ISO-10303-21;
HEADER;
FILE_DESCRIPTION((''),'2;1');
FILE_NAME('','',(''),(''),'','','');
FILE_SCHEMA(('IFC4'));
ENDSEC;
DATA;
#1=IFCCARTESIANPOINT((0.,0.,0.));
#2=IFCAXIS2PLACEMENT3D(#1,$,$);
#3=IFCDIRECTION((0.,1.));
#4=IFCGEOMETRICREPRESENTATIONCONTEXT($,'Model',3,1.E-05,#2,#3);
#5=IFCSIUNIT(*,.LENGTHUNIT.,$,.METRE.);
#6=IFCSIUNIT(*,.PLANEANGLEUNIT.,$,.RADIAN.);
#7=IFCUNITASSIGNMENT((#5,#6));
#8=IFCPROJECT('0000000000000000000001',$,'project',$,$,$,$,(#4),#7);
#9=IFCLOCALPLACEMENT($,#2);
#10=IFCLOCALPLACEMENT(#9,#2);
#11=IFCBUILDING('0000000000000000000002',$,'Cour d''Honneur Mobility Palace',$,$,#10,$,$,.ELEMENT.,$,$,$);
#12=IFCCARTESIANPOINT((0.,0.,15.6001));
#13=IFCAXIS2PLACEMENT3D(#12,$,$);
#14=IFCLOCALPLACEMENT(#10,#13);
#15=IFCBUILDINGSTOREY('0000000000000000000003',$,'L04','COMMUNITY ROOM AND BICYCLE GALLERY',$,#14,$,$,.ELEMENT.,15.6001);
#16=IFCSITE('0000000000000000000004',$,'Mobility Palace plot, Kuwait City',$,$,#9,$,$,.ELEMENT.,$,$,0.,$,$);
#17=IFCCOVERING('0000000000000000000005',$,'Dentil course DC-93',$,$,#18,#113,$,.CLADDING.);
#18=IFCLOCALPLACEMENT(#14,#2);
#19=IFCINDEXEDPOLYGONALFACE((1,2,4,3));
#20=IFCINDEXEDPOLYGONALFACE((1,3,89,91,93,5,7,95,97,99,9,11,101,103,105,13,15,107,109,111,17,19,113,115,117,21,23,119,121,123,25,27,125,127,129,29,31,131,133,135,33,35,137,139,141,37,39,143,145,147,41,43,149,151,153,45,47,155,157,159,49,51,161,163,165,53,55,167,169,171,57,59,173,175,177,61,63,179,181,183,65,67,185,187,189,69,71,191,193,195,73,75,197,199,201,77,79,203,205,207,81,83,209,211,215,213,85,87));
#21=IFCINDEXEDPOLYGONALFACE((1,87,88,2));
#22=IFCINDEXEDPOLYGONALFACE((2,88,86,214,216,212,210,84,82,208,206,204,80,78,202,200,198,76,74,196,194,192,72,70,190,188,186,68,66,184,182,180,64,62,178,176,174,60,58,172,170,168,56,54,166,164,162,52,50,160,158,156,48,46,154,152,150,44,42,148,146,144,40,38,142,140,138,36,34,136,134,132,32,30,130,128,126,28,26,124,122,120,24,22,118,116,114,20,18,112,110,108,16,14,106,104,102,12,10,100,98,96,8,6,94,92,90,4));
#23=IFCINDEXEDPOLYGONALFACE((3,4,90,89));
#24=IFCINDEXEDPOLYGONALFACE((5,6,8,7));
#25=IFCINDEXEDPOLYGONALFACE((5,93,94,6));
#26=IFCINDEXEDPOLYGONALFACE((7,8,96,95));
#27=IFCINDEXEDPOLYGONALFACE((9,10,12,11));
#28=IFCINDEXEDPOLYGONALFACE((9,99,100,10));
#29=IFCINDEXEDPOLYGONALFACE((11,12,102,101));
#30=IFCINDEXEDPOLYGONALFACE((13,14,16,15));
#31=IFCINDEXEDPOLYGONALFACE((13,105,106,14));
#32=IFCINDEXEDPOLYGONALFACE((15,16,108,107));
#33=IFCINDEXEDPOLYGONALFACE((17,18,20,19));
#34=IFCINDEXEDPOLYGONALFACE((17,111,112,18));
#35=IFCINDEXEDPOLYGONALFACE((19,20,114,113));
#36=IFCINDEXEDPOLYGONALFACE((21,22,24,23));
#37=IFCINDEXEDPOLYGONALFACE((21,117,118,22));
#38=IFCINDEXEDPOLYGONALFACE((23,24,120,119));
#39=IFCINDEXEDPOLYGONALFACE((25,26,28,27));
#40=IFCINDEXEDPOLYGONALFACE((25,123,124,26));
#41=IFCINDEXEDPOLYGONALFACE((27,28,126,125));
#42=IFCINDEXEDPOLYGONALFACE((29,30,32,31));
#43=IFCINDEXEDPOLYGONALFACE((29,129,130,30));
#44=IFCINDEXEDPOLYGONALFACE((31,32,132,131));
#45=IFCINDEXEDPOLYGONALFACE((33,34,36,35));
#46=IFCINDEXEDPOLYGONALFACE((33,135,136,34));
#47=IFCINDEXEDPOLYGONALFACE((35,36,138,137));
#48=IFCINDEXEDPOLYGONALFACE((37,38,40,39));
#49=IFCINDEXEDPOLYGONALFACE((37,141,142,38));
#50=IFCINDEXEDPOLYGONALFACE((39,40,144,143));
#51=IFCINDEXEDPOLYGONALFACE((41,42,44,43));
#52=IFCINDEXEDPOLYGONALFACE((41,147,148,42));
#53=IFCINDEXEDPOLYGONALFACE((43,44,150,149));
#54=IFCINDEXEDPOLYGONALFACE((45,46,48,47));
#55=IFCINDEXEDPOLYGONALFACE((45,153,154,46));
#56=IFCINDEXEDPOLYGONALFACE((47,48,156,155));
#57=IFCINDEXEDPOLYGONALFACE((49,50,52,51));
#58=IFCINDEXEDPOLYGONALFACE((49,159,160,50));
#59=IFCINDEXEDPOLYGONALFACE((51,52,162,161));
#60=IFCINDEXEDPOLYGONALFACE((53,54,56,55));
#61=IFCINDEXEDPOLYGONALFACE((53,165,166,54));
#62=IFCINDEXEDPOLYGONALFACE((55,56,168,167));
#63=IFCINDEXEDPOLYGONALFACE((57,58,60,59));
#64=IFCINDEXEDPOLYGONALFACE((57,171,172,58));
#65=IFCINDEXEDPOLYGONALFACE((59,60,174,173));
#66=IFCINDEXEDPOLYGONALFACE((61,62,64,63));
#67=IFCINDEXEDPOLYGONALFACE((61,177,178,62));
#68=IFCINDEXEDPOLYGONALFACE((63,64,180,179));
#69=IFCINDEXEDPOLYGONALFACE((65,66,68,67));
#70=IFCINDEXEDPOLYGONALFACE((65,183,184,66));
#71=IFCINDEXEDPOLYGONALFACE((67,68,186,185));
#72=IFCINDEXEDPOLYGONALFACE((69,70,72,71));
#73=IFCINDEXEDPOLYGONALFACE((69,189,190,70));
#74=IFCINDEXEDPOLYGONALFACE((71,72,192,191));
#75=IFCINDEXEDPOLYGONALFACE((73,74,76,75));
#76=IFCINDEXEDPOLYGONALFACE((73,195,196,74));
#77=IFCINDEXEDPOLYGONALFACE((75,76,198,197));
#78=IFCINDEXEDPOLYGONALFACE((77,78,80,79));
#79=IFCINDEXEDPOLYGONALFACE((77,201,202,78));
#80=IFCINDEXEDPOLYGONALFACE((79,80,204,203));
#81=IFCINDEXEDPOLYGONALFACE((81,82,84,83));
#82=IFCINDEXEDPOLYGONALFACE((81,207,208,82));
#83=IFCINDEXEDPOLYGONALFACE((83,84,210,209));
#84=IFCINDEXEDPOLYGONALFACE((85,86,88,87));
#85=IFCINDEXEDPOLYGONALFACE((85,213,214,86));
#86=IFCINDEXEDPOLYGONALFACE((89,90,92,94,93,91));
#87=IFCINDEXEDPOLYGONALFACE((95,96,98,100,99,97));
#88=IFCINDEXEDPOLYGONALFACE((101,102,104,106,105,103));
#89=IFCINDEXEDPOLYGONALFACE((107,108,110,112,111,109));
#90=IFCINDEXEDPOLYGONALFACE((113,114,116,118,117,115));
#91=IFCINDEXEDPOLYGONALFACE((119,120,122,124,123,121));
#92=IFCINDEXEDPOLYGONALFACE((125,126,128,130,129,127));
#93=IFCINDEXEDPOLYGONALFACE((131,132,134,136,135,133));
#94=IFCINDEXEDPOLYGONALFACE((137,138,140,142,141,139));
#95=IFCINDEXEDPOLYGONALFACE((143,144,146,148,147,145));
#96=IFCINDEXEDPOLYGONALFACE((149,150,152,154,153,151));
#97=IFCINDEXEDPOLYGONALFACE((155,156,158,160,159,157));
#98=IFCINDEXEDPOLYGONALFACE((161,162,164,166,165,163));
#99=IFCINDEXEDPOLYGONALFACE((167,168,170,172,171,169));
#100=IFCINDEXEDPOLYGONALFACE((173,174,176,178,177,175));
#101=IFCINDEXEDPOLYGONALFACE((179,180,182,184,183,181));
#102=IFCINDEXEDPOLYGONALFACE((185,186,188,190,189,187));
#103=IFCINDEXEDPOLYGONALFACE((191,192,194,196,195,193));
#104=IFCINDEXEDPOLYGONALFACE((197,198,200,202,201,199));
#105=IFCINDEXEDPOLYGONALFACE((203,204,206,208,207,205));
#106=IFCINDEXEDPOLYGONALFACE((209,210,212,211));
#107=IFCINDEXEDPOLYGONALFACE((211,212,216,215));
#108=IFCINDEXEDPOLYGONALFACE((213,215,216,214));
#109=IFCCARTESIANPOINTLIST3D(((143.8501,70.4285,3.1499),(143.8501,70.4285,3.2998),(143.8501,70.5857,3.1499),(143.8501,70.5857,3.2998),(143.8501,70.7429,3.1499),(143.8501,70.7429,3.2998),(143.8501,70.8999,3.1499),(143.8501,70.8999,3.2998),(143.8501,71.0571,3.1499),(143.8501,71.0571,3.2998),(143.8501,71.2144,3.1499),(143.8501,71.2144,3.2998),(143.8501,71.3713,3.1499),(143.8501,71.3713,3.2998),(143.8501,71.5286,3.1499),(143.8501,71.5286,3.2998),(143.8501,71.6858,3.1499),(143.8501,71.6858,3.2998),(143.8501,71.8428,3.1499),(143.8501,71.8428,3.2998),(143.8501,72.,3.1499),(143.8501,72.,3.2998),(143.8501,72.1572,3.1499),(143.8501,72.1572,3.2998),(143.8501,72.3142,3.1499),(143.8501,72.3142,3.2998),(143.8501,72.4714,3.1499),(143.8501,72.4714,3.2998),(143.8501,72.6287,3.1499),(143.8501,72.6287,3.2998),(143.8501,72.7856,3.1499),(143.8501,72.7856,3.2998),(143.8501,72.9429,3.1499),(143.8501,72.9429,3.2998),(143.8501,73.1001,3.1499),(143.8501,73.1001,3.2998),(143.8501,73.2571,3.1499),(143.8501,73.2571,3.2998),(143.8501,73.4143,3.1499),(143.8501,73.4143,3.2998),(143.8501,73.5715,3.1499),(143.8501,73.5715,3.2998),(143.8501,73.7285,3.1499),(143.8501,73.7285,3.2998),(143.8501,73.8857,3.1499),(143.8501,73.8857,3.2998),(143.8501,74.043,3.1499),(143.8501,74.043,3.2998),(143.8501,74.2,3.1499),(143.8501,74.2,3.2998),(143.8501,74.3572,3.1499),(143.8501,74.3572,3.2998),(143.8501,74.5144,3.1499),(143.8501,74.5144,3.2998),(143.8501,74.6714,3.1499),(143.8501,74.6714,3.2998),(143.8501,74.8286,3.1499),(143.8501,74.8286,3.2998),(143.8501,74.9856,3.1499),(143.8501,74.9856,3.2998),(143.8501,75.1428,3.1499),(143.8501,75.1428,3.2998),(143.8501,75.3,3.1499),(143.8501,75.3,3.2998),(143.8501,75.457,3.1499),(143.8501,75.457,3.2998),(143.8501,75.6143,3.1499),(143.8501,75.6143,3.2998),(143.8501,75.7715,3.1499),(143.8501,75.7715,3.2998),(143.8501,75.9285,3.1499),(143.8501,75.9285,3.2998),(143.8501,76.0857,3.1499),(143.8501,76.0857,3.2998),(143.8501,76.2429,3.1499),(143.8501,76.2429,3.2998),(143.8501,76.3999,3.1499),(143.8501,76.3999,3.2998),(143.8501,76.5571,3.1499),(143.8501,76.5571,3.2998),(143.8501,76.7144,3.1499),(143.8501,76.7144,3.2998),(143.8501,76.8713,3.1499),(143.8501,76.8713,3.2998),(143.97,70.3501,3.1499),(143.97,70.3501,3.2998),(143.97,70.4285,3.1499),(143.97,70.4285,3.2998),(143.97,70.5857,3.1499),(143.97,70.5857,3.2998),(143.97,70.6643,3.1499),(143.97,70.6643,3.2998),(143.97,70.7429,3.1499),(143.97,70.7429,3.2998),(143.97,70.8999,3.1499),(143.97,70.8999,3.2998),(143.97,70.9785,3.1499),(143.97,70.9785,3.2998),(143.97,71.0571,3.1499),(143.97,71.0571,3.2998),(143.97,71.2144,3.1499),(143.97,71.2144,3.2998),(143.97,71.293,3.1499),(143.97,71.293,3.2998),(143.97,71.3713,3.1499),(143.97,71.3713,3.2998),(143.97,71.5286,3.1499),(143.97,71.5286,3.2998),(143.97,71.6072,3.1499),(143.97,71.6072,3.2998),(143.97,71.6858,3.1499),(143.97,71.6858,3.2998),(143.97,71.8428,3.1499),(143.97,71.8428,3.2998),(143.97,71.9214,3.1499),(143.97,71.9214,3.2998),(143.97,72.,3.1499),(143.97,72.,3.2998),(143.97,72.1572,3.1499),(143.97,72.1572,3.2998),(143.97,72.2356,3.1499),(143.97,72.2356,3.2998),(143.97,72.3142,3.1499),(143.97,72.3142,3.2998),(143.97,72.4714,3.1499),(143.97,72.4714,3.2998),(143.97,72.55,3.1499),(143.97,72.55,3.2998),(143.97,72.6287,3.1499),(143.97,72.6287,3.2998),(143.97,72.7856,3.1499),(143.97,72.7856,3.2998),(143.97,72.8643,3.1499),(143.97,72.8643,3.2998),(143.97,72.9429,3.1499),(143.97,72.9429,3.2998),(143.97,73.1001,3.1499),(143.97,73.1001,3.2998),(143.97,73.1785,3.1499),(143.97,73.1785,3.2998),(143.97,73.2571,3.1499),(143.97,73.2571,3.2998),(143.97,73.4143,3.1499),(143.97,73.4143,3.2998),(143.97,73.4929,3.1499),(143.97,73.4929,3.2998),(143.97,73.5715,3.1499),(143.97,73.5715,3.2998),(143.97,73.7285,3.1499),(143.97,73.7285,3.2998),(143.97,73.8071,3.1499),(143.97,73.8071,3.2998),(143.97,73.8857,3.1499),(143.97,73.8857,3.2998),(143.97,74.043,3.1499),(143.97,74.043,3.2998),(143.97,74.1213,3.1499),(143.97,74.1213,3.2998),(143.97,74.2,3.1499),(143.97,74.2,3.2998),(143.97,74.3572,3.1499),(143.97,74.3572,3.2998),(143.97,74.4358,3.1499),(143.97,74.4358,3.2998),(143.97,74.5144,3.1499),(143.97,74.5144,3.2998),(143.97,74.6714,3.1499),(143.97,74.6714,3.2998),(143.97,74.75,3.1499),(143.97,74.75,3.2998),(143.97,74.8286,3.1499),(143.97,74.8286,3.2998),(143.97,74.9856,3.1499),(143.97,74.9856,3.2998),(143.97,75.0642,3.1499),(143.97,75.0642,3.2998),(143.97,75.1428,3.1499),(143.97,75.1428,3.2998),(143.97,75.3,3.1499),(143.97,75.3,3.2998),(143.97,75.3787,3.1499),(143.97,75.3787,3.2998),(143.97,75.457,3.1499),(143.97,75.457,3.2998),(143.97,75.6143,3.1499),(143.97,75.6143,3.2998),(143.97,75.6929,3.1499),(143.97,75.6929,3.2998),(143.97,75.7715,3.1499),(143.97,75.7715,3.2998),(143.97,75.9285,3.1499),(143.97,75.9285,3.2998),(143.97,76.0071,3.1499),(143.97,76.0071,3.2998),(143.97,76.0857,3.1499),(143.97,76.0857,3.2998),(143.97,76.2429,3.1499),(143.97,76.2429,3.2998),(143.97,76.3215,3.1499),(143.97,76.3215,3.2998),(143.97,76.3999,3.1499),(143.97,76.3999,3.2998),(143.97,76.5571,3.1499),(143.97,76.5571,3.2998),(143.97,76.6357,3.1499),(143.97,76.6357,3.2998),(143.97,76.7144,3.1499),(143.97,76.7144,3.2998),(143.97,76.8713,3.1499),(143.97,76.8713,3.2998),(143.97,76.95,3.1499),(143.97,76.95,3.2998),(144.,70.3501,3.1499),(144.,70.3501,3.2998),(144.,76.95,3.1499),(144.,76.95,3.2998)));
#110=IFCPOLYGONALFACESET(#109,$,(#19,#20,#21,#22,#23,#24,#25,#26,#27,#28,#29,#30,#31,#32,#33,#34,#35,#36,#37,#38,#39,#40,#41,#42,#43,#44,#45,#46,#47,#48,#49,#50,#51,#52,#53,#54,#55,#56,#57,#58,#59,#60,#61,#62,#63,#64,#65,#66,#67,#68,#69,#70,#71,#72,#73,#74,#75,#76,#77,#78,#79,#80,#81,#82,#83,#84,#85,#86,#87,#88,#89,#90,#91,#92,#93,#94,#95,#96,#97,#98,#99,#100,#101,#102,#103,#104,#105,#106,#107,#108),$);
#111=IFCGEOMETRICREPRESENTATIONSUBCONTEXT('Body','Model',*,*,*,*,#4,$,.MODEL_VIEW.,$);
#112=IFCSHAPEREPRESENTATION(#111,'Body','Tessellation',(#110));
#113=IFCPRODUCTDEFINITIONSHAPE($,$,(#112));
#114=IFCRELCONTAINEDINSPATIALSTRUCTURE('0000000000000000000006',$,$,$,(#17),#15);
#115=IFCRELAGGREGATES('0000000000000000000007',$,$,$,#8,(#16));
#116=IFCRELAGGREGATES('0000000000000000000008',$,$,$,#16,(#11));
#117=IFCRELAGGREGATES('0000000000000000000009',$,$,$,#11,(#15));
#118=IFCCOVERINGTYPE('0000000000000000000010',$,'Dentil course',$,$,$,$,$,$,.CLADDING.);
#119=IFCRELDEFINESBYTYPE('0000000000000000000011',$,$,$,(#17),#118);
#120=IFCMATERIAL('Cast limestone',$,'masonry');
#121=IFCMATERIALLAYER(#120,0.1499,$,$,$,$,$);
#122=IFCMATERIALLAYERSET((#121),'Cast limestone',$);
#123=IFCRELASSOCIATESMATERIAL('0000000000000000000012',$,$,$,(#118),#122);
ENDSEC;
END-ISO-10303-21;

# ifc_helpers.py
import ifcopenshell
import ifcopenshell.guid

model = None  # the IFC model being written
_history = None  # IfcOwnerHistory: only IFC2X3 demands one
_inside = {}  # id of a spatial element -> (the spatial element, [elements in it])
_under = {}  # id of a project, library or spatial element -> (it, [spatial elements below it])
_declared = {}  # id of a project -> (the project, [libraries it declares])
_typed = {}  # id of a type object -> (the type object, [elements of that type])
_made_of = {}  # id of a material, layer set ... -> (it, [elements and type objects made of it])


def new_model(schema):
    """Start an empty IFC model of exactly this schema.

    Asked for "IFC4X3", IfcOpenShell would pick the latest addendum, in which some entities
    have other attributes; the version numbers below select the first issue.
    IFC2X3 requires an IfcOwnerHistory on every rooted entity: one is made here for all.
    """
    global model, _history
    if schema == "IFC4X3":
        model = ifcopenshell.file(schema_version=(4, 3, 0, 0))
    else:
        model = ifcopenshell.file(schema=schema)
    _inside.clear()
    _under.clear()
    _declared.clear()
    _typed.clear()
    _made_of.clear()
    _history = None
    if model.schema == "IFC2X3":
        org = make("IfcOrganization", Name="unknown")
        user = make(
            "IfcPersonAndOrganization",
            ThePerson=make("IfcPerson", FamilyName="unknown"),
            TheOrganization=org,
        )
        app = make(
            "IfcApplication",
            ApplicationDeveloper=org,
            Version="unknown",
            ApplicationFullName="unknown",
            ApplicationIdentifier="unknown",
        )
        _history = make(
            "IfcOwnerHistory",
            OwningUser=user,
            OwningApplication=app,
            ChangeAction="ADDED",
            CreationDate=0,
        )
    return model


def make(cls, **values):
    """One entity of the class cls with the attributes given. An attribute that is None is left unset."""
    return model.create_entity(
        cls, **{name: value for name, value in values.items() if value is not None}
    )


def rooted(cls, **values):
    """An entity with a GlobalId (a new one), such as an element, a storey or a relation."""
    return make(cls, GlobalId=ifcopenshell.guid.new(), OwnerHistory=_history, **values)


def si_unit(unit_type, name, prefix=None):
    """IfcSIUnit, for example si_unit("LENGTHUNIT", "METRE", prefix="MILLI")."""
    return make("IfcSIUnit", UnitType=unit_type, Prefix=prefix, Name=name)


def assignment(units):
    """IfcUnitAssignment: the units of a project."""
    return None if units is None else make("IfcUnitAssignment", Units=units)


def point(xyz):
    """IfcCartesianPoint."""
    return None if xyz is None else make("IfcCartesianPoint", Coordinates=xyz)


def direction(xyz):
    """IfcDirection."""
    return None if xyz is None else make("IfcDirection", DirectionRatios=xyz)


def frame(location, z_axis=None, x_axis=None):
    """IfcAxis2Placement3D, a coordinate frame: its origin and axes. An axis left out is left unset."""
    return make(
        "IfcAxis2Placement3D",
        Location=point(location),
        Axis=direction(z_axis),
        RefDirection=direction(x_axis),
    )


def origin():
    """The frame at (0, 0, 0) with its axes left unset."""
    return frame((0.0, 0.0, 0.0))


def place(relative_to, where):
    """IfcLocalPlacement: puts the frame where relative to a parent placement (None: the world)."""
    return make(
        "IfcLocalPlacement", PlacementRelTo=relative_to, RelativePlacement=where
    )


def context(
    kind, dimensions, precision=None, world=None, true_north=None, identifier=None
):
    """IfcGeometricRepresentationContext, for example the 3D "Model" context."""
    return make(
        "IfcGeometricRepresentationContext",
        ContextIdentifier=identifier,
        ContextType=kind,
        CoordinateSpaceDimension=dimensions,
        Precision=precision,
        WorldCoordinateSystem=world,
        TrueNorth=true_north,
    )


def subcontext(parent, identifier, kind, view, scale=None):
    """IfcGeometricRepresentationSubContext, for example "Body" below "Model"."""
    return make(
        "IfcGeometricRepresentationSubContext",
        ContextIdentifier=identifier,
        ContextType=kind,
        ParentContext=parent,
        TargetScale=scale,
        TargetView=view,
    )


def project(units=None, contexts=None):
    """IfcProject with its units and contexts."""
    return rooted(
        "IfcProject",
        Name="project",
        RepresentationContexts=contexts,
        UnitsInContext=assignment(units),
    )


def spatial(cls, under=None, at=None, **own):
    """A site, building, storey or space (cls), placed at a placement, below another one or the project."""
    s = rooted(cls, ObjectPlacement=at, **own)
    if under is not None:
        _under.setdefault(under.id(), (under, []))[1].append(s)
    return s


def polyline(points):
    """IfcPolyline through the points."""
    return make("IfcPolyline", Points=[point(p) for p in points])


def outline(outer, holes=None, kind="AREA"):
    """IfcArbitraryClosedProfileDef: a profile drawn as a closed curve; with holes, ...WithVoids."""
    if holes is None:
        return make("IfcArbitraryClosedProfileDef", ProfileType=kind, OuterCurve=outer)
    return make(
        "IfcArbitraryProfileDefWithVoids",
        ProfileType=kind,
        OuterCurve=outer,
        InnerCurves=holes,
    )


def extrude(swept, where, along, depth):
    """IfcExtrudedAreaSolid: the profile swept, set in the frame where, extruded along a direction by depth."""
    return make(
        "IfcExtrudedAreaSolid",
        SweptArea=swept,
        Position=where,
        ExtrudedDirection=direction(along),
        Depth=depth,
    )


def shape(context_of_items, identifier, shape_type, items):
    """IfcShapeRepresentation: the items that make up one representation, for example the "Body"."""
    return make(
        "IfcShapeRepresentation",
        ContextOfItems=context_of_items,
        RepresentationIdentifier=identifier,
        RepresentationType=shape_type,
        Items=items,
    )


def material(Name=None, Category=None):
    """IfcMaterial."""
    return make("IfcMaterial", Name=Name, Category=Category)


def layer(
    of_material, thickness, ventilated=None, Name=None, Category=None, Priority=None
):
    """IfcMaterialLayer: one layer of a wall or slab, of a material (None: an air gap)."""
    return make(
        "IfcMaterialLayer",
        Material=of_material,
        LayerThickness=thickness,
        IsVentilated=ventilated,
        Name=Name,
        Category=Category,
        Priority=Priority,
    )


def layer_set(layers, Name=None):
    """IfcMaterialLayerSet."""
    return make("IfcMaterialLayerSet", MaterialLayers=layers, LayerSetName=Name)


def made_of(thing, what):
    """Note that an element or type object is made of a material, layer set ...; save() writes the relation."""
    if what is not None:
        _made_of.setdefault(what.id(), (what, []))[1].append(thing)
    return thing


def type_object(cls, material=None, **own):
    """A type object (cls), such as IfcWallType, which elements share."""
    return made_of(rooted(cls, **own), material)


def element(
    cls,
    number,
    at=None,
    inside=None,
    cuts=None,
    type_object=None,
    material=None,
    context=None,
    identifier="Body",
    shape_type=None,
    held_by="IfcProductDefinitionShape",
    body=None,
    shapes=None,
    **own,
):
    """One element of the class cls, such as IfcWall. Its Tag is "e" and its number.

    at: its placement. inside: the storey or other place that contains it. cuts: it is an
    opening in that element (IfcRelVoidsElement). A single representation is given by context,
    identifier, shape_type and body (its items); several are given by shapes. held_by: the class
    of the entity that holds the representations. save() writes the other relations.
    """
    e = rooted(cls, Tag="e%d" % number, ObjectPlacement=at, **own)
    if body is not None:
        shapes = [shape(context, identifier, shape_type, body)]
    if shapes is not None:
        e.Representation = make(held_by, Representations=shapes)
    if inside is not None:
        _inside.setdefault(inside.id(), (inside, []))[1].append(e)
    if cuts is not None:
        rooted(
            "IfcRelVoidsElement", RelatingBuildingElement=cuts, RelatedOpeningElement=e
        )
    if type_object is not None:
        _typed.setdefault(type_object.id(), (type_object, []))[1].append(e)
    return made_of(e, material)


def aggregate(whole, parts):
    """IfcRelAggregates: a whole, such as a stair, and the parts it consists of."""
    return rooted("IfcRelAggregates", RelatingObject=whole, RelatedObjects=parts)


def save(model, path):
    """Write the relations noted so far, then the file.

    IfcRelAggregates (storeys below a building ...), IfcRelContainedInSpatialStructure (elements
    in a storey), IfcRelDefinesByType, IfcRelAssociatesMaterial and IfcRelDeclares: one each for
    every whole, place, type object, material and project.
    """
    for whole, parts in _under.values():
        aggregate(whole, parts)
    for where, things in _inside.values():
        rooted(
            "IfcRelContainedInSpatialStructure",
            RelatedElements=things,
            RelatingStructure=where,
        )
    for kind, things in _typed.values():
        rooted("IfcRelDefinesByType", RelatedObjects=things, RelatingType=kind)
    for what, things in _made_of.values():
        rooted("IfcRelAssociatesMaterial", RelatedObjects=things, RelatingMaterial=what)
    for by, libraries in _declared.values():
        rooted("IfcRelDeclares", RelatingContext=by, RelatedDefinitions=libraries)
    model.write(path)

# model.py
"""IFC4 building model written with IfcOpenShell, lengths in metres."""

from ifc_helpers import new_model, si_unit, direction, frame, origin, place, context, subcontext, project, spatial, polyline, outline, extrude, material, layer, layer_set, type_object, element, save


model = new_model("IFC4")

# Units and contexts
model_context = context("Model", 3, precision=1e-05, world=origin(), true_north=direction((0.0, 1.0)))
body_context = subcontext(model_context, "Body", "Model", "MODEL_VIEW")
ifc_project = project(units=[si_unit("LENGTHUNIT", "METRE"), si_unit("PLANEANGLEUNIT", "RADIAN")], contexts=[model_context])

# Site, building, storey
site_placement = place(None, origin())
site = spatial("IfcSite", under=ifc_project, at=site_placement, Name="Mobility Palace plot, Kuwait City", CompositionType="ELEMENT", RefElevation=0.0)
building_placement = place(site_placement, origin())
building = spatial("IfcBuilding", under=site, at=building_placement, Name="Cour d'Honneur Mobility Palace", CompositionType="ELEMENT")
storey_placement = place(building_placement, frame((0.0, 0.0, 15.6001)))
storey = spatial("IfcBuildingStorey", under=building, at=storey_placement, Name="L04", Description="COMMUNITY ROOM AND BICYCLE GALLERY", CompositionType="ELEMENT", Elevation=15.6001)

# Covering
ifc_material = material(Name="Cast limestone", Category="masonry")
ifc_layer = layer(ifc_material, 0.1499)
ifc_layer_set = layer_set([ifc_layer], Name="Cast limestone")
covering_type = type_object("IfcCoveringType", Name="Dentil course", PredefinedType="CLADDING", material=ifc_layer_set)
covering_1_placement = place(storey_placement, frame((0.0, 0.0, 3.1499)))
element("IfcCovering", 1, at=covering_1_placement, inside=storey, type_object=covering_type, Name="Dentil course DC-93", PredefinedType="CLADDING", context=body_context, shape_type="SweptSolid", body=[
    extrude(outline(polyline([(144.0, 76.95), (144.0, 70.3501), (143.97, 70.3501), (143.97, 70.3501), (143.97, 70.4285), (143.8501, 70.4285), (143.8501, 70.5857), (143.97, 70.5857), (143.97, 70.6643), (143.97, 70.6643), (143.97, 70.7429), (143.8501, 70.7429), (143.8501, 70.8999), (143.97, 70.8999), (143.97, 70.9785), (143.97, 70.9785), (143.97, 71.0571), (143.8501, 71.0571), (143.8501, 71.2144), (143.97, 71.2144), (143.97, 71.293), (143.97, 71.293), (143.97, 71.3713), (143.8501, 71.3713), (143.8501, 71.5286), (143.97, 71.5286), (143.97, 71.6072), (143.97, 71.6072), (143.97, 71.6858), (143.8501, 71.6858), (143.8501, 71.8428), (143.97, 71.8428), (143.97, 71.9214), (143.97, 71.9214), (143.97, 72.0), (143.8501, 72.0), (143.8501, 72.1572), (143.97, 72.1572), (143.97, 72.2356), (143.97, 72.2356), (143.97, 72.3142), (143.8501, 72.3142), (143.8501, 72.4714), (143.97, 72.4714), (143.97, 72.55), (143.97, 72.55), (143.97, 72.6287), (143.8501, 72.6287), (143.8501, 72.7856), (143.97, 72.7856), (143.97, 72.8643), (143.97, 72.8643), (143.97, 72.9429), (143.8501, 72.9429), (143.8501, 73.1001), (143.97, 73.1001), (143.97, 73.1785), (143.97, 73.1785), (143.97, 73.2571), (143.8501, 73.2571), (143.8501, 73.4143), (143.97, 73.4143), (143.97, 73.4929), (143.97, 73.4929), (143.97, 73.5715), (143.8501, 73.5715), (143.8501, 73.7285), (143.97, 73.7285), (143.97, 73.8071), (143.97, 73.8071), (143.97, 73.8857), (143.8501, 73.8857), (143.8501, 74.043), (143.97, 74.043), (143.97, 74.1213), (143.97, 74.1213), (143.97, 74.2), (143.8501, 74.2), (143.8501, 74.3572), (143.97, 74.3572), (143.97, 74.4358), (143.97, 74.4358), (143.97, 74.5144), (143.8501, 74.5144), (143.8501, 74.6714), (143.97, 74.6714), (143.97, 74.75), (143.97, 74.75), (143.97, 74.8286), (143.8501, 74.8286), (143.8501, 74.9856), (143.97, 74.9856), (143.97, 75.0642), (143.97, 75.0642), (143.97, 75.1428), (143.8501, 75.1428), (143.8501, 75.3), (143.97, 75.3), (143.97, 75.3787), (143.97, 75.3787), (143.97, 75.457), (143.8501, 75.457), (143.8501, 75.6143), (143.97, 75.6143), (143.97, 75.6929), (143.97, 75.6929), (143.97, 75.7715), (143.8501, 75.7715), (143.8501, 75.9285), (143.97, 75.9285), (143.97, 76.0071), (143.97, 76.0071), (143.97, 76.0857), (143.8501, 76.0857), (143.8501, 76.2429), (143.97, 76.2429), (143.97, 76.3215), (143.97, 76.3215), (143.97, 76.3999), (143.8501, 76.3999), (143.8501, 76.5571), (143.97, 76.5571), (143.97, 76.6357), (143.97, 76.6357), (143.97, 76.7144), (143.8501, 76.7144), (143.8501, 76.8713), (143.97, 76.8713), (143.97, 76.95), (144.0, 76.95)])), origin(), (0.0, 0.0, 1.0), 0.1499),
])

save(model, "model.ifc")
